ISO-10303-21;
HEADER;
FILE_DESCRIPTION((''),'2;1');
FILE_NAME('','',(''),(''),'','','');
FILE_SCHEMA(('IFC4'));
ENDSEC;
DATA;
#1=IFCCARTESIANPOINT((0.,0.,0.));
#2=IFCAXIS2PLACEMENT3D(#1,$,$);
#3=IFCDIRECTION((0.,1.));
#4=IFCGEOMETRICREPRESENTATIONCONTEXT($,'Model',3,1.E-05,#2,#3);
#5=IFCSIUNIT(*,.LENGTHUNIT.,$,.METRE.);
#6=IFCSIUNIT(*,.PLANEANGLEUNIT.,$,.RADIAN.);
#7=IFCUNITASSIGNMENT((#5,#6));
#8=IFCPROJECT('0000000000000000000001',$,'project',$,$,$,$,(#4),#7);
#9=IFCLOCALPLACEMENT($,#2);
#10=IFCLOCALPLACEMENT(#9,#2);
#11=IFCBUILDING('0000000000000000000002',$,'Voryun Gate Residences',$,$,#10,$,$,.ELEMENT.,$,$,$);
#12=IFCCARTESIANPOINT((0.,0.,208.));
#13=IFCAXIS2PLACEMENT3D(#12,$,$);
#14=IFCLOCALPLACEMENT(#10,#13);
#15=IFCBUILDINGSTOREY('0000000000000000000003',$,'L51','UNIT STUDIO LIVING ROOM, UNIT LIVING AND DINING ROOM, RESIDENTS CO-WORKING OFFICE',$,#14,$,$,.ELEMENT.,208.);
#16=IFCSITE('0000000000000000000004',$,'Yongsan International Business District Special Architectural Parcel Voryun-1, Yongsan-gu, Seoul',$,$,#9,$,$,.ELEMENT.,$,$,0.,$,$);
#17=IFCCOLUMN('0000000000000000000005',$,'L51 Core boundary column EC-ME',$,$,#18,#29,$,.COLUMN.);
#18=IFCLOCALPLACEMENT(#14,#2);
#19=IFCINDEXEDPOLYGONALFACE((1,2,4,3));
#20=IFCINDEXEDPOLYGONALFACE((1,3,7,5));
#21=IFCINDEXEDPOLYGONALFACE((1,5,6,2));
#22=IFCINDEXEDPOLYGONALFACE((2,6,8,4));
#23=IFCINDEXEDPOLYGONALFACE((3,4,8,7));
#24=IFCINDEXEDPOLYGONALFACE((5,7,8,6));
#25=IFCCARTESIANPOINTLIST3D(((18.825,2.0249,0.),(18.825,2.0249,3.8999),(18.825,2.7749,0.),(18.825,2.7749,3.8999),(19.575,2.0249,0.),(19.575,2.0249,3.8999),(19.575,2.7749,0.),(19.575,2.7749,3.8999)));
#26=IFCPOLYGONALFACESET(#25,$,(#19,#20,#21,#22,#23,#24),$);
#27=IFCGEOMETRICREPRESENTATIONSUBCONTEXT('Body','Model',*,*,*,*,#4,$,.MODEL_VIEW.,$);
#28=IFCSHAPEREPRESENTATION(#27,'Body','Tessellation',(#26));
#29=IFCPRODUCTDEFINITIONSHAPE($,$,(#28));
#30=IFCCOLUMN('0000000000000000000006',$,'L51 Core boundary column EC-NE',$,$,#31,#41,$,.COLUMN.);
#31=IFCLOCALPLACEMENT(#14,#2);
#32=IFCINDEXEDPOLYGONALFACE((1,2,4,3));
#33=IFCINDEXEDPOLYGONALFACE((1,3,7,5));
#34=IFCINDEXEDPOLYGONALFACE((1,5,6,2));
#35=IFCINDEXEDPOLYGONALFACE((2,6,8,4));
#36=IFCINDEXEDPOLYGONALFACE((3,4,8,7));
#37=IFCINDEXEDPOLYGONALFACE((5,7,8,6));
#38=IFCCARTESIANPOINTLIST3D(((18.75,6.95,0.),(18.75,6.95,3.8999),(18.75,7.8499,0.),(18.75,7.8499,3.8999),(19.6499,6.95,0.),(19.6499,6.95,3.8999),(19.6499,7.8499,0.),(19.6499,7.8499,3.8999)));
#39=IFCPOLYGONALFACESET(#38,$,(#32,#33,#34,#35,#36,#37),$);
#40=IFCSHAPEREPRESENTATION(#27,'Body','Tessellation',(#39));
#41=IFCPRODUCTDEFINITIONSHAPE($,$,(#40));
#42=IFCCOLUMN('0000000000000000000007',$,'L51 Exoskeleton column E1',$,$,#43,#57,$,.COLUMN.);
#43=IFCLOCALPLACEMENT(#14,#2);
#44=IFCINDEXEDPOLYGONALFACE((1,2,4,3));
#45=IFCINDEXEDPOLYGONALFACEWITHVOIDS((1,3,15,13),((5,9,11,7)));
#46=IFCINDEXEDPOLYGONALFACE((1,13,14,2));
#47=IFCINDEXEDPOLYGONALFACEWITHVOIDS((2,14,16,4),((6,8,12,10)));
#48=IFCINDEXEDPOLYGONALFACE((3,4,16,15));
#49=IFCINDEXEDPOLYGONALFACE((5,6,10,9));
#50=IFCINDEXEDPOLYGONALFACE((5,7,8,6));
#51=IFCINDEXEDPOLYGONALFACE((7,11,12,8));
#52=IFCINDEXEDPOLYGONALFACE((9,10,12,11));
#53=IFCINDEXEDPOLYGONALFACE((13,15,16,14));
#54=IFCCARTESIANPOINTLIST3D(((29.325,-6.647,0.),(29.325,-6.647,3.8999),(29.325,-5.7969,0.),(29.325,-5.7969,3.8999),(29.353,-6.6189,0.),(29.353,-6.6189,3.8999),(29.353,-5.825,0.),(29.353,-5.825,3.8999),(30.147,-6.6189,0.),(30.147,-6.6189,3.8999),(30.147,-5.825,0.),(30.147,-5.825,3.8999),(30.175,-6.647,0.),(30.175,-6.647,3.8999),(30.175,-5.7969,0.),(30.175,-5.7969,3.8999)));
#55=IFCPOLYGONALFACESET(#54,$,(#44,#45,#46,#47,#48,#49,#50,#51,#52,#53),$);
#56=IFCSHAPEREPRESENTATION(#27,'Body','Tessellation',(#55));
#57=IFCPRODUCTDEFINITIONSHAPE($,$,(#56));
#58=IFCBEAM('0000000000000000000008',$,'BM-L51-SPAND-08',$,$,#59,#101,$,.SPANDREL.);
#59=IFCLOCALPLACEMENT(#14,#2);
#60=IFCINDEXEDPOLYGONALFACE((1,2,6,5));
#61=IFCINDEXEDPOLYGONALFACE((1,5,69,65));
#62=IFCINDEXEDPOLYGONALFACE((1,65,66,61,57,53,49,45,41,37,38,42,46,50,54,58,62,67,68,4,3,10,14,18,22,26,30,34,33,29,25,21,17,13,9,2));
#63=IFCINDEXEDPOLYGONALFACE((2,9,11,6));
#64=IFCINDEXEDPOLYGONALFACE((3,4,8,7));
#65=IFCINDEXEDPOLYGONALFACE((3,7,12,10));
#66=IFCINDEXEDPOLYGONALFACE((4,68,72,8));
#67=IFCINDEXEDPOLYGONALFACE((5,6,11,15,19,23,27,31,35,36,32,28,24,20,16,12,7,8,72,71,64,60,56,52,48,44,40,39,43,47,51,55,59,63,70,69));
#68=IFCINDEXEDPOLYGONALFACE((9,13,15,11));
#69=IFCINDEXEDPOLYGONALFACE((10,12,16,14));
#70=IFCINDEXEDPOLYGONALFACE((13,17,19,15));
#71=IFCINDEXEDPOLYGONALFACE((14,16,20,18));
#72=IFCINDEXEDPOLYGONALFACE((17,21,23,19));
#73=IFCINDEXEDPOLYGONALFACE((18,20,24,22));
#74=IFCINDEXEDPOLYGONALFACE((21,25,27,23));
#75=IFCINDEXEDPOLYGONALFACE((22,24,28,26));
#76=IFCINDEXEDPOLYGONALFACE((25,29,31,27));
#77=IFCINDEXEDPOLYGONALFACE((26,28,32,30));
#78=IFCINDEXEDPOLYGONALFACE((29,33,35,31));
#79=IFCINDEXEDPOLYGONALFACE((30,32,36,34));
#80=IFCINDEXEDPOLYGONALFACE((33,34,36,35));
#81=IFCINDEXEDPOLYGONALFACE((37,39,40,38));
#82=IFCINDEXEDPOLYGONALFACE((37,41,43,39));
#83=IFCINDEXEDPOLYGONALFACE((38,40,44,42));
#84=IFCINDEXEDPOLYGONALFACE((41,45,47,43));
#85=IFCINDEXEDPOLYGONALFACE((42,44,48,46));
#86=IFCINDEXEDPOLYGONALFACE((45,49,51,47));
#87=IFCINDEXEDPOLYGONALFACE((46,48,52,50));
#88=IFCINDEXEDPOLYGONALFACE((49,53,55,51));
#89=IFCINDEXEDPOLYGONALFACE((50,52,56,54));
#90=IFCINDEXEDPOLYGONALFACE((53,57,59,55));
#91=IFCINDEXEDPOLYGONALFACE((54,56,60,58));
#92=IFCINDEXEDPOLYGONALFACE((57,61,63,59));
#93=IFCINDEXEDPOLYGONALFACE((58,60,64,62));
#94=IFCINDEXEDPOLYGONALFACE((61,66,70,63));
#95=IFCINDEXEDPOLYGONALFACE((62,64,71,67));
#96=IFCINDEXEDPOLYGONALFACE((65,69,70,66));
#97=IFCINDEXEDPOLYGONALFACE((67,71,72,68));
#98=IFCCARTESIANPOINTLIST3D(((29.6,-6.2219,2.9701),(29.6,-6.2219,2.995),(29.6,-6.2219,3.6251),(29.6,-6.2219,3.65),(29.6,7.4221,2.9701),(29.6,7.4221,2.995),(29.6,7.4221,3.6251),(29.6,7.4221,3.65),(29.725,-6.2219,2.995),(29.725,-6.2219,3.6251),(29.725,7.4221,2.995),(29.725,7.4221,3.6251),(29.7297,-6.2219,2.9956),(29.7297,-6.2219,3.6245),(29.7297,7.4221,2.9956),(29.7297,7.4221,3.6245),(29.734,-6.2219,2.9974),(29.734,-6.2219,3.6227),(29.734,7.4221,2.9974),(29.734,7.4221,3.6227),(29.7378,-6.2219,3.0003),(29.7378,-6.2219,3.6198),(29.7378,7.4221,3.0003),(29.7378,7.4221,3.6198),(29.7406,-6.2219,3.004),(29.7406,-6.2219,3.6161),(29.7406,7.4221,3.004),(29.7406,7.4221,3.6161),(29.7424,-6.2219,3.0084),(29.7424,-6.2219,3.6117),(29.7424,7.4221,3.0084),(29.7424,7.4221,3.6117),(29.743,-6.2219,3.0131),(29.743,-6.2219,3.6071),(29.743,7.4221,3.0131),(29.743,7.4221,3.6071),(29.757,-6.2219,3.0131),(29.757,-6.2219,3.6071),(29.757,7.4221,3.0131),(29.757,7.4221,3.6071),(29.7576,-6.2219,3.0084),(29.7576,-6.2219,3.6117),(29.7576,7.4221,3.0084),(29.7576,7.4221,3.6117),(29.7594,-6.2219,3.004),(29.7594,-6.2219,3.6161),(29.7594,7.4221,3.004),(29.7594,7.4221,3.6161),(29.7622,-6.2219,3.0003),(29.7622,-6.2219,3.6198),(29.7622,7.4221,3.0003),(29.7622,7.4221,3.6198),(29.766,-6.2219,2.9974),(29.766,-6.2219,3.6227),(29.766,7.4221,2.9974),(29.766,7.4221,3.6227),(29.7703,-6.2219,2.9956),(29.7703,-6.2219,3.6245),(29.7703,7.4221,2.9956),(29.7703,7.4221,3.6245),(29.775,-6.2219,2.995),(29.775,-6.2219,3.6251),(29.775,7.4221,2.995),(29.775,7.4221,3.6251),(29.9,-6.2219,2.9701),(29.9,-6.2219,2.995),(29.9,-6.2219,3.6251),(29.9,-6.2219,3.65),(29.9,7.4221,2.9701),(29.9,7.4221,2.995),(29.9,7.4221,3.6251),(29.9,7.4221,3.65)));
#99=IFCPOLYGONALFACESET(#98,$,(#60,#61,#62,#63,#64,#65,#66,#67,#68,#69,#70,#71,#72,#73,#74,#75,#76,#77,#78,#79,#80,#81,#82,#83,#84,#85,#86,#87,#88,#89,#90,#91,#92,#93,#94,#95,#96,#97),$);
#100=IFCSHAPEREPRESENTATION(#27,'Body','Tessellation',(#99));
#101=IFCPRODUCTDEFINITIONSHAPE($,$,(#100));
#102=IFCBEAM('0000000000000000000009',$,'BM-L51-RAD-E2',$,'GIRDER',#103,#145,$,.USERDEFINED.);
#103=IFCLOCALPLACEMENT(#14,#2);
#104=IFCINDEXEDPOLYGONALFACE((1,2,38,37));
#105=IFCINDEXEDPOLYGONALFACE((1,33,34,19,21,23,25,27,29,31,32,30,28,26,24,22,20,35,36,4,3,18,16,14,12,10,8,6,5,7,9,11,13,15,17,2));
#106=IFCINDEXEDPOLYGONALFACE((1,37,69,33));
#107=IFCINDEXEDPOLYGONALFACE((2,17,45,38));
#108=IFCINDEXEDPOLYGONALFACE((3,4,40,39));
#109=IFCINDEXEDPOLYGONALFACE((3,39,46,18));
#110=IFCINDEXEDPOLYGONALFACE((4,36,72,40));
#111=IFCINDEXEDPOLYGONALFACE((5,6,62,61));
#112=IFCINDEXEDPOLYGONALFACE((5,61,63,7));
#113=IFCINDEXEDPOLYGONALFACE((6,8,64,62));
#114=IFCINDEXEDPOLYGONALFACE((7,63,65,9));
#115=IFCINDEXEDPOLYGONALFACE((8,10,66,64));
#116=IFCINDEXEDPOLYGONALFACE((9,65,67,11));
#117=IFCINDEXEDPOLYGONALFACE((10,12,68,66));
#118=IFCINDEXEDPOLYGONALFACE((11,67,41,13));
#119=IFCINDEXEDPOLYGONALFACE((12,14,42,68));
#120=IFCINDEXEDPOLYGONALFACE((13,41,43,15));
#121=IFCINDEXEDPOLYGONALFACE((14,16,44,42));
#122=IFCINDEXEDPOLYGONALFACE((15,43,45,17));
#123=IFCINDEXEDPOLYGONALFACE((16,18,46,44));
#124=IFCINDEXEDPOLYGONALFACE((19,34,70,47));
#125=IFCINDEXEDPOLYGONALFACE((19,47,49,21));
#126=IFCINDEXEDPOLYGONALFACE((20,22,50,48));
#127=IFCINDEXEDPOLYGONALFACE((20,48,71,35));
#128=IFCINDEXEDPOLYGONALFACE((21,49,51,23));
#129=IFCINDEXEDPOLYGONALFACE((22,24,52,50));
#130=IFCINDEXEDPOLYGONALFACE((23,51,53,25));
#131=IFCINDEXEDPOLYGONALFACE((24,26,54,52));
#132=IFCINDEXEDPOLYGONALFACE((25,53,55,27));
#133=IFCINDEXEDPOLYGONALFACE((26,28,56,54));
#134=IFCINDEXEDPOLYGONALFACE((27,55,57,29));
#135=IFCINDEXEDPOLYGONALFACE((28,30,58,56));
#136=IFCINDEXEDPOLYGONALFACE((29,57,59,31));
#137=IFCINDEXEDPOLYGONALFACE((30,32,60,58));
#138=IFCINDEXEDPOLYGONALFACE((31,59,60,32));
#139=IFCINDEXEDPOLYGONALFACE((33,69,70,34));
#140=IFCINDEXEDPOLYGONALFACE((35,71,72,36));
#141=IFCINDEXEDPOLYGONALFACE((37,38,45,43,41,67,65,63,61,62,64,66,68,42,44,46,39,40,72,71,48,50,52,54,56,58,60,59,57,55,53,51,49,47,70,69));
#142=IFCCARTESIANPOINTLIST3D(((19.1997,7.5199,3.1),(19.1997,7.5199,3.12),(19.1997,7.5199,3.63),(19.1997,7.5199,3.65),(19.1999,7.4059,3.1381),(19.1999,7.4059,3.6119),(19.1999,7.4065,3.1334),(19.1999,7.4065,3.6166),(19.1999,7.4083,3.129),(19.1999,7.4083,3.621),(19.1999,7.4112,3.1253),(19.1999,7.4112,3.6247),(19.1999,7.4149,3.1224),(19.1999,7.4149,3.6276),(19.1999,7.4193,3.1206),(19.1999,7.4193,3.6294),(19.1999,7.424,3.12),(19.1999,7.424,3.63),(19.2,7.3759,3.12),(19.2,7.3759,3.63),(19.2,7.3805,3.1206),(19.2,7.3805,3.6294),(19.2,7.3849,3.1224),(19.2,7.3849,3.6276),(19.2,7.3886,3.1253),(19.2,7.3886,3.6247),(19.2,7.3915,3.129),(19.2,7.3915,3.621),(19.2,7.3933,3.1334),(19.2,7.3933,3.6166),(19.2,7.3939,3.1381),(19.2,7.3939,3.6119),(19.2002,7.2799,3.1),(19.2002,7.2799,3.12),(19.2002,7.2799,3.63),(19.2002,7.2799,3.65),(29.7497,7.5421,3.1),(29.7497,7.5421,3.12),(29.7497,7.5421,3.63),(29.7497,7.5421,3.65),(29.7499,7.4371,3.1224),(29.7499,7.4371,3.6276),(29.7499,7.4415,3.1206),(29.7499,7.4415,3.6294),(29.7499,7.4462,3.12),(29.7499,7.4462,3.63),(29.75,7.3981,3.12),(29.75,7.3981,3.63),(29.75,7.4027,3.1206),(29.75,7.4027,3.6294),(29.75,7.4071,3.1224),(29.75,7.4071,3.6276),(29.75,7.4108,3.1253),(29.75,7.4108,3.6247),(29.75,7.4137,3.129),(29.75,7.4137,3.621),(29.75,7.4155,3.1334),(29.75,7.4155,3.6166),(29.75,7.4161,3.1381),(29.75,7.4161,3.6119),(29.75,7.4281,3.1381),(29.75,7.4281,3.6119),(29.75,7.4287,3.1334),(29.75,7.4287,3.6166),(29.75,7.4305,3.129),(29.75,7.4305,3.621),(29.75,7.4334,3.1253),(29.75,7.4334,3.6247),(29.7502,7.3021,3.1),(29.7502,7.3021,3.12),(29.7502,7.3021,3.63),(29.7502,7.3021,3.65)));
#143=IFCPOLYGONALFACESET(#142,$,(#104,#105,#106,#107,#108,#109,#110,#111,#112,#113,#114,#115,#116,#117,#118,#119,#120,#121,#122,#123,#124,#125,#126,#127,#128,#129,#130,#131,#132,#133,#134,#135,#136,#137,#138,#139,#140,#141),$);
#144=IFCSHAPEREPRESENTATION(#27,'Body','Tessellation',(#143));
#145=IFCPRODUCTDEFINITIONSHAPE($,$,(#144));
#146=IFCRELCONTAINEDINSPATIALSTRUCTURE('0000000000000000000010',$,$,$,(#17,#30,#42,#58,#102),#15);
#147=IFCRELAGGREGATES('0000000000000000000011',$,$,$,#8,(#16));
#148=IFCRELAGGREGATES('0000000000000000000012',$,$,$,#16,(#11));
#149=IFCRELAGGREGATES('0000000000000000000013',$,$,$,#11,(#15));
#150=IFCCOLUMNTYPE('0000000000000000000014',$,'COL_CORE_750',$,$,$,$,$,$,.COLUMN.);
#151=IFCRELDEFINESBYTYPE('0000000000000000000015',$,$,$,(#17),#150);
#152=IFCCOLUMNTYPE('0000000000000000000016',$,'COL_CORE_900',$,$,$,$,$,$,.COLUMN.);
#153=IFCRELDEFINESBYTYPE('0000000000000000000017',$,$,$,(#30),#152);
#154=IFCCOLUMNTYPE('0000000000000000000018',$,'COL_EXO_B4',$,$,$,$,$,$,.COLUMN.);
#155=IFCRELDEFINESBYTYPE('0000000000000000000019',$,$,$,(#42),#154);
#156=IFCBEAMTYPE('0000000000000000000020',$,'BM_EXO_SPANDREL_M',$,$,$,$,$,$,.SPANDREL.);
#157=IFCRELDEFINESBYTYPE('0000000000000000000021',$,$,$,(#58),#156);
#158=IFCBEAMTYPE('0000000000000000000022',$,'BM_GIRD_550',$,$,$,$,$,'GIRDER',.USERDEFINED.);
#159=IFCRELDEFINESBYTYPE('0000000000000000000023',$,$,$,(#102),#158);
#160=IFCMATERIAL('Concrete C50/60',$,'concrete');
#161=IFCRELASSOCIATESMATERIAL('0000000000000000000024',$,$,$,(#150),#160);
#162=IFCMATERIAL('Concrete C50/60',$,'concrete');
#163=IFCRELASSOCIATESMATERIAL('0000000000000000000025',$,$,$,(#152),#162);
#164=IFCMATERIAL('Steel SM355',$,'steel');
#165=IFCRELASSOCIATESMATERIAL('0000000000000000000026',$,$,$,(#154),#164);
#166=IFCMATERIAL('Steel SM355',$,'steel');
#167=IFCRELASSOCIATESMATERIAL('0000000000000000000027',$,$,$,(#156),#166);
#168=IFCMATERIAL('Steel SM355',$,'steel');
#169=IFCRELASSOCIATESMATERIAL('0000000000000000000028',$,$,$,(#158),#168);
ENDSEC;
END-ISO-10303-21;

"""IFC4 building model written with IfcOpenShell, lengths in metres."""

from ifc_helpers import new_model, si_unit, direction, frame, origin, origin_2d, place, context, subcontext, project, spatial, rectangle, hollow_rectangle, i_section, extrude, material, material_profile, profile_set, type_object, element, save


model = new_model("IFC4")

# Units and contexts
model_context = context("Model", 3, precision=1e-05, world=origin(), true_north=direction((0.0, 1.0)))
body_context = subcontext(model_context, "Body", "Model", "MODEL_VIEW")
ifc_project = project(units=[si_unit("LENGTHUNIT", "METRE"), si_unit("PLANEANGLEUNIT", "RADIAN")], contexts=[model_context])

# Site, building, storey
site_placement = place(None, origin())
site = spatial("IfcSite", under=ifc_project, at=site_placement, Name="Yongsan International Business District Special Architectural Parcel Voryun-1, Yongsan-gu, Seoul", CompositionType="ELEMENT", RefElevation=0.0)
building_placement = place(site_placement, origin())
building = spatial("IfcBuilding", under=site, at=building_placement, Name="Voryun Gate Residences", CompositionType="ELEMENT")
storey_placement = place(building_placement, frame((0.0, 0.0, 208.0)))
storey = spatial("IfcBuildingStorey", under=building, at=storey_placement, Name="L51", Description="UNIT STUDIO LIVING ROOM, UNIT LIVING AND DINING ROOM, RESIDENTS CO-WORKING OFFICE", CompositionType="ELEMENT", Elevation=208.0)

# Columns
ifc_material_1 = material(Name="Concrete C50/60", Category="concrete")
ifc_material_profile_1 = material_profile(ifc_material_1, rectangle(XDim=0.75, YDim=0.75, at=origin_2d()), Name="RC-750x750")
ifc_profile_set_1 = profile_set([ifc_material_profile_1], Name="Concrete C50/60")
column_type_1 = type_object("IfcColumnType", Name="COL_CORE_750", PredefinedType="COLUMN", material=ifc_profile_set_1)
column_1_placement = place(storey_placement, frame((19.2, 2.3999, 0.0), z_axis=(0.0, 0.0, 1.0), x_axis=(1.0, 0.0, 0.0)))
element("IfcColumn", 1, at=column_1_placement, inside=storey, type_object=column_type_1, Name="L51 Core boundary column EC-ME", PredefinedType="COLUMN", context=body_context, shape_type="SweptSolid", body=[
    extrude(rectangle(XDim=0.75, YDim=0.75, at=origin_2d()), origin(), (0.0, 0.0, 1.0), 3.8999),
])
ifc_material_2 = material(Name="Concrete C50/60", Category="concrete")
ifc_material_profile_2 = material_profile(ifc_material_2, rectangle(XDim=0.8999, YDim=0.8999, at=origin_2d()), Name="RC-900x900")
ifc_profile_set_2 = profile_set([ifc_material_profile_2], Name="Concrete C50/60")
column_type_2 = type_object("IfcColumnType", Name="COL_CORE_900", PredefinedType="COLUMN", material=ifc_profile_set_2)
column_2_placement = place(storey_placement, frame((19.2, 7.3999, 0.0), z_axis=(0.0, 0.0, 1.0), x_axis=(1.0, 0.0, 0.0)))
element("IfcColumn", 2, at=column_2_placement, inside=storey, type_object=column_type_2, Name="L51 Core boundary column EC-NE", PredefinedType="COLUMN", context=body_context, shape_type="SweptSolid", body=[
    extrude(rectangle(XDim=0.8999, YDim=0.8999, at=origin_2d()), origin(), (0.0, 0.0, 1.0), 3.8999),
])
ifc_material_3 = material(Name="Steel SM355", Category="steel")
ifc_material_profile_3 = material_profile(ifc_material_3, hollow_rectangle(XDim=0.8501, YDim=0.8501, WallThickness=0.0281, at=origin_2d()), Name="BOX-850x850x28")
ifc_profile_set_3 = profile_set([ifc_material_profile_3], Name="Steel SM355")
column_type_3 = type_object("IfcColumnType", Name="COL_EXO_B4", PredefinedType="COLUMN", material=ifc_profile_set_3)
column_3_placement = place(storey_placement, frame((29.75, -6.2219, 0.0), z_axis=(0.0, 0.0, 1.0), x_axis=(1.0, 0.0, 0.0)))
element("IfcColumn", 3, at=column_3_placement, inside=storey, type_object=column_type_3, Name="L51 Exoskeleton column E1", PredefinedType="COLUMN", context=body_context, shape_type="SweptSolid", body=[
    extrude(hollow_rectangle(XDim=0.8501, YDim=0.8501, WallThickness=0.0281, at=origin_2d()), origin(), (0.0, 0.0, 1.0), 3.8999),
])

# Beams
ifc_material_4 = material(Name="Steel SM355", Category="steel")
ifc_material_profile_4 = material_profile(ifc_material_4, i_section(OverallWidth=0.3, OverallDepth=0.6799, WebThickness=0.0139, FlangeThickness=0.0249, FilletRadius=0.0181, at=origin_2d()), Name="H-680x300x14x25")
ifc_profile_set_4 = profile_set([ifc_material_profile_4], Name="Steel SM355")
beam_type_1 = type_object("IfcBeamType", Name="BM_EXO_SPANDREL_M", PredefinedType="SPANDREL", material=ifc_profile_set_4)
beam_1_placement = place(storey_placement, frame((29.75, -6.2219, 3.3101), z_axis=(0.0, 1.0, 0.0), x_axis=(-1.0, 0.0, 0.0)))
element("IfcBeam", 4, at=beam_1_placement, inside=storey, type_object=beam_type_1, Name="BM-L51-SPAND-08", PredefinedType="SPANDREL", context=body_context, shape_type="SweptSolid", body=[
    extrude(i_section(OverallWidth=0.3, OverallDepth=0.6799, WebThickness=0.0139, FlangeThickness=0.0249, FilletRadius=0.0181, at=origin_2d()), origin(), (0.0, 0.0, 1.0), 13.644),
])
ifc_material_5 = material(Name="Steel SM355", Category="steel")
ifc_material_profile_5 = material_profile(ifc_material_5, i_section(OverallWidth=0.24, OverallDepth=0.55, WebThickness=0.012, FlangeThickness=0.02, FilletRadius=0.0181, at=origin_2d()), Name="H-550x240x12x20")
ifc_profile_set_5 = profile_set([ifc_material_profile_5], Name="Steel SM355")
beam_type_2 = type_object("IfcBeamType", Name="BM_GIRD_550", ElementType="GIRDER", PredefinedType="USERDEFINED", material=ifc_profile_set_5)
beam_2_placement = place(storey_placement, frame((19.2, 7.3999, 3.375), z_axis=(0.999998, 0.002106, 0.0), x_axis=(-0.002106, 0.999998, 0.0)))
element("IfcBeam", 5, at=beam_2_placement, inside=storey, type_object=beam_type_2, Name="BM-L51-RAD-E2", ObjectType="GIRDER", PredefinedType="USERDEFINED", context=body_context, shape_type="SweptSolid", body=[
    extrude(i_section(OverallWidth=0.24, OverallDepth=0.55, WebThickness=0.012, FlangeThickness=0.02, FilletRadius=0.0181, at=origin_2d()), origin(), (0.0, 0.0, 1.0), 10.55),
])

save(model, "model.ifc")
